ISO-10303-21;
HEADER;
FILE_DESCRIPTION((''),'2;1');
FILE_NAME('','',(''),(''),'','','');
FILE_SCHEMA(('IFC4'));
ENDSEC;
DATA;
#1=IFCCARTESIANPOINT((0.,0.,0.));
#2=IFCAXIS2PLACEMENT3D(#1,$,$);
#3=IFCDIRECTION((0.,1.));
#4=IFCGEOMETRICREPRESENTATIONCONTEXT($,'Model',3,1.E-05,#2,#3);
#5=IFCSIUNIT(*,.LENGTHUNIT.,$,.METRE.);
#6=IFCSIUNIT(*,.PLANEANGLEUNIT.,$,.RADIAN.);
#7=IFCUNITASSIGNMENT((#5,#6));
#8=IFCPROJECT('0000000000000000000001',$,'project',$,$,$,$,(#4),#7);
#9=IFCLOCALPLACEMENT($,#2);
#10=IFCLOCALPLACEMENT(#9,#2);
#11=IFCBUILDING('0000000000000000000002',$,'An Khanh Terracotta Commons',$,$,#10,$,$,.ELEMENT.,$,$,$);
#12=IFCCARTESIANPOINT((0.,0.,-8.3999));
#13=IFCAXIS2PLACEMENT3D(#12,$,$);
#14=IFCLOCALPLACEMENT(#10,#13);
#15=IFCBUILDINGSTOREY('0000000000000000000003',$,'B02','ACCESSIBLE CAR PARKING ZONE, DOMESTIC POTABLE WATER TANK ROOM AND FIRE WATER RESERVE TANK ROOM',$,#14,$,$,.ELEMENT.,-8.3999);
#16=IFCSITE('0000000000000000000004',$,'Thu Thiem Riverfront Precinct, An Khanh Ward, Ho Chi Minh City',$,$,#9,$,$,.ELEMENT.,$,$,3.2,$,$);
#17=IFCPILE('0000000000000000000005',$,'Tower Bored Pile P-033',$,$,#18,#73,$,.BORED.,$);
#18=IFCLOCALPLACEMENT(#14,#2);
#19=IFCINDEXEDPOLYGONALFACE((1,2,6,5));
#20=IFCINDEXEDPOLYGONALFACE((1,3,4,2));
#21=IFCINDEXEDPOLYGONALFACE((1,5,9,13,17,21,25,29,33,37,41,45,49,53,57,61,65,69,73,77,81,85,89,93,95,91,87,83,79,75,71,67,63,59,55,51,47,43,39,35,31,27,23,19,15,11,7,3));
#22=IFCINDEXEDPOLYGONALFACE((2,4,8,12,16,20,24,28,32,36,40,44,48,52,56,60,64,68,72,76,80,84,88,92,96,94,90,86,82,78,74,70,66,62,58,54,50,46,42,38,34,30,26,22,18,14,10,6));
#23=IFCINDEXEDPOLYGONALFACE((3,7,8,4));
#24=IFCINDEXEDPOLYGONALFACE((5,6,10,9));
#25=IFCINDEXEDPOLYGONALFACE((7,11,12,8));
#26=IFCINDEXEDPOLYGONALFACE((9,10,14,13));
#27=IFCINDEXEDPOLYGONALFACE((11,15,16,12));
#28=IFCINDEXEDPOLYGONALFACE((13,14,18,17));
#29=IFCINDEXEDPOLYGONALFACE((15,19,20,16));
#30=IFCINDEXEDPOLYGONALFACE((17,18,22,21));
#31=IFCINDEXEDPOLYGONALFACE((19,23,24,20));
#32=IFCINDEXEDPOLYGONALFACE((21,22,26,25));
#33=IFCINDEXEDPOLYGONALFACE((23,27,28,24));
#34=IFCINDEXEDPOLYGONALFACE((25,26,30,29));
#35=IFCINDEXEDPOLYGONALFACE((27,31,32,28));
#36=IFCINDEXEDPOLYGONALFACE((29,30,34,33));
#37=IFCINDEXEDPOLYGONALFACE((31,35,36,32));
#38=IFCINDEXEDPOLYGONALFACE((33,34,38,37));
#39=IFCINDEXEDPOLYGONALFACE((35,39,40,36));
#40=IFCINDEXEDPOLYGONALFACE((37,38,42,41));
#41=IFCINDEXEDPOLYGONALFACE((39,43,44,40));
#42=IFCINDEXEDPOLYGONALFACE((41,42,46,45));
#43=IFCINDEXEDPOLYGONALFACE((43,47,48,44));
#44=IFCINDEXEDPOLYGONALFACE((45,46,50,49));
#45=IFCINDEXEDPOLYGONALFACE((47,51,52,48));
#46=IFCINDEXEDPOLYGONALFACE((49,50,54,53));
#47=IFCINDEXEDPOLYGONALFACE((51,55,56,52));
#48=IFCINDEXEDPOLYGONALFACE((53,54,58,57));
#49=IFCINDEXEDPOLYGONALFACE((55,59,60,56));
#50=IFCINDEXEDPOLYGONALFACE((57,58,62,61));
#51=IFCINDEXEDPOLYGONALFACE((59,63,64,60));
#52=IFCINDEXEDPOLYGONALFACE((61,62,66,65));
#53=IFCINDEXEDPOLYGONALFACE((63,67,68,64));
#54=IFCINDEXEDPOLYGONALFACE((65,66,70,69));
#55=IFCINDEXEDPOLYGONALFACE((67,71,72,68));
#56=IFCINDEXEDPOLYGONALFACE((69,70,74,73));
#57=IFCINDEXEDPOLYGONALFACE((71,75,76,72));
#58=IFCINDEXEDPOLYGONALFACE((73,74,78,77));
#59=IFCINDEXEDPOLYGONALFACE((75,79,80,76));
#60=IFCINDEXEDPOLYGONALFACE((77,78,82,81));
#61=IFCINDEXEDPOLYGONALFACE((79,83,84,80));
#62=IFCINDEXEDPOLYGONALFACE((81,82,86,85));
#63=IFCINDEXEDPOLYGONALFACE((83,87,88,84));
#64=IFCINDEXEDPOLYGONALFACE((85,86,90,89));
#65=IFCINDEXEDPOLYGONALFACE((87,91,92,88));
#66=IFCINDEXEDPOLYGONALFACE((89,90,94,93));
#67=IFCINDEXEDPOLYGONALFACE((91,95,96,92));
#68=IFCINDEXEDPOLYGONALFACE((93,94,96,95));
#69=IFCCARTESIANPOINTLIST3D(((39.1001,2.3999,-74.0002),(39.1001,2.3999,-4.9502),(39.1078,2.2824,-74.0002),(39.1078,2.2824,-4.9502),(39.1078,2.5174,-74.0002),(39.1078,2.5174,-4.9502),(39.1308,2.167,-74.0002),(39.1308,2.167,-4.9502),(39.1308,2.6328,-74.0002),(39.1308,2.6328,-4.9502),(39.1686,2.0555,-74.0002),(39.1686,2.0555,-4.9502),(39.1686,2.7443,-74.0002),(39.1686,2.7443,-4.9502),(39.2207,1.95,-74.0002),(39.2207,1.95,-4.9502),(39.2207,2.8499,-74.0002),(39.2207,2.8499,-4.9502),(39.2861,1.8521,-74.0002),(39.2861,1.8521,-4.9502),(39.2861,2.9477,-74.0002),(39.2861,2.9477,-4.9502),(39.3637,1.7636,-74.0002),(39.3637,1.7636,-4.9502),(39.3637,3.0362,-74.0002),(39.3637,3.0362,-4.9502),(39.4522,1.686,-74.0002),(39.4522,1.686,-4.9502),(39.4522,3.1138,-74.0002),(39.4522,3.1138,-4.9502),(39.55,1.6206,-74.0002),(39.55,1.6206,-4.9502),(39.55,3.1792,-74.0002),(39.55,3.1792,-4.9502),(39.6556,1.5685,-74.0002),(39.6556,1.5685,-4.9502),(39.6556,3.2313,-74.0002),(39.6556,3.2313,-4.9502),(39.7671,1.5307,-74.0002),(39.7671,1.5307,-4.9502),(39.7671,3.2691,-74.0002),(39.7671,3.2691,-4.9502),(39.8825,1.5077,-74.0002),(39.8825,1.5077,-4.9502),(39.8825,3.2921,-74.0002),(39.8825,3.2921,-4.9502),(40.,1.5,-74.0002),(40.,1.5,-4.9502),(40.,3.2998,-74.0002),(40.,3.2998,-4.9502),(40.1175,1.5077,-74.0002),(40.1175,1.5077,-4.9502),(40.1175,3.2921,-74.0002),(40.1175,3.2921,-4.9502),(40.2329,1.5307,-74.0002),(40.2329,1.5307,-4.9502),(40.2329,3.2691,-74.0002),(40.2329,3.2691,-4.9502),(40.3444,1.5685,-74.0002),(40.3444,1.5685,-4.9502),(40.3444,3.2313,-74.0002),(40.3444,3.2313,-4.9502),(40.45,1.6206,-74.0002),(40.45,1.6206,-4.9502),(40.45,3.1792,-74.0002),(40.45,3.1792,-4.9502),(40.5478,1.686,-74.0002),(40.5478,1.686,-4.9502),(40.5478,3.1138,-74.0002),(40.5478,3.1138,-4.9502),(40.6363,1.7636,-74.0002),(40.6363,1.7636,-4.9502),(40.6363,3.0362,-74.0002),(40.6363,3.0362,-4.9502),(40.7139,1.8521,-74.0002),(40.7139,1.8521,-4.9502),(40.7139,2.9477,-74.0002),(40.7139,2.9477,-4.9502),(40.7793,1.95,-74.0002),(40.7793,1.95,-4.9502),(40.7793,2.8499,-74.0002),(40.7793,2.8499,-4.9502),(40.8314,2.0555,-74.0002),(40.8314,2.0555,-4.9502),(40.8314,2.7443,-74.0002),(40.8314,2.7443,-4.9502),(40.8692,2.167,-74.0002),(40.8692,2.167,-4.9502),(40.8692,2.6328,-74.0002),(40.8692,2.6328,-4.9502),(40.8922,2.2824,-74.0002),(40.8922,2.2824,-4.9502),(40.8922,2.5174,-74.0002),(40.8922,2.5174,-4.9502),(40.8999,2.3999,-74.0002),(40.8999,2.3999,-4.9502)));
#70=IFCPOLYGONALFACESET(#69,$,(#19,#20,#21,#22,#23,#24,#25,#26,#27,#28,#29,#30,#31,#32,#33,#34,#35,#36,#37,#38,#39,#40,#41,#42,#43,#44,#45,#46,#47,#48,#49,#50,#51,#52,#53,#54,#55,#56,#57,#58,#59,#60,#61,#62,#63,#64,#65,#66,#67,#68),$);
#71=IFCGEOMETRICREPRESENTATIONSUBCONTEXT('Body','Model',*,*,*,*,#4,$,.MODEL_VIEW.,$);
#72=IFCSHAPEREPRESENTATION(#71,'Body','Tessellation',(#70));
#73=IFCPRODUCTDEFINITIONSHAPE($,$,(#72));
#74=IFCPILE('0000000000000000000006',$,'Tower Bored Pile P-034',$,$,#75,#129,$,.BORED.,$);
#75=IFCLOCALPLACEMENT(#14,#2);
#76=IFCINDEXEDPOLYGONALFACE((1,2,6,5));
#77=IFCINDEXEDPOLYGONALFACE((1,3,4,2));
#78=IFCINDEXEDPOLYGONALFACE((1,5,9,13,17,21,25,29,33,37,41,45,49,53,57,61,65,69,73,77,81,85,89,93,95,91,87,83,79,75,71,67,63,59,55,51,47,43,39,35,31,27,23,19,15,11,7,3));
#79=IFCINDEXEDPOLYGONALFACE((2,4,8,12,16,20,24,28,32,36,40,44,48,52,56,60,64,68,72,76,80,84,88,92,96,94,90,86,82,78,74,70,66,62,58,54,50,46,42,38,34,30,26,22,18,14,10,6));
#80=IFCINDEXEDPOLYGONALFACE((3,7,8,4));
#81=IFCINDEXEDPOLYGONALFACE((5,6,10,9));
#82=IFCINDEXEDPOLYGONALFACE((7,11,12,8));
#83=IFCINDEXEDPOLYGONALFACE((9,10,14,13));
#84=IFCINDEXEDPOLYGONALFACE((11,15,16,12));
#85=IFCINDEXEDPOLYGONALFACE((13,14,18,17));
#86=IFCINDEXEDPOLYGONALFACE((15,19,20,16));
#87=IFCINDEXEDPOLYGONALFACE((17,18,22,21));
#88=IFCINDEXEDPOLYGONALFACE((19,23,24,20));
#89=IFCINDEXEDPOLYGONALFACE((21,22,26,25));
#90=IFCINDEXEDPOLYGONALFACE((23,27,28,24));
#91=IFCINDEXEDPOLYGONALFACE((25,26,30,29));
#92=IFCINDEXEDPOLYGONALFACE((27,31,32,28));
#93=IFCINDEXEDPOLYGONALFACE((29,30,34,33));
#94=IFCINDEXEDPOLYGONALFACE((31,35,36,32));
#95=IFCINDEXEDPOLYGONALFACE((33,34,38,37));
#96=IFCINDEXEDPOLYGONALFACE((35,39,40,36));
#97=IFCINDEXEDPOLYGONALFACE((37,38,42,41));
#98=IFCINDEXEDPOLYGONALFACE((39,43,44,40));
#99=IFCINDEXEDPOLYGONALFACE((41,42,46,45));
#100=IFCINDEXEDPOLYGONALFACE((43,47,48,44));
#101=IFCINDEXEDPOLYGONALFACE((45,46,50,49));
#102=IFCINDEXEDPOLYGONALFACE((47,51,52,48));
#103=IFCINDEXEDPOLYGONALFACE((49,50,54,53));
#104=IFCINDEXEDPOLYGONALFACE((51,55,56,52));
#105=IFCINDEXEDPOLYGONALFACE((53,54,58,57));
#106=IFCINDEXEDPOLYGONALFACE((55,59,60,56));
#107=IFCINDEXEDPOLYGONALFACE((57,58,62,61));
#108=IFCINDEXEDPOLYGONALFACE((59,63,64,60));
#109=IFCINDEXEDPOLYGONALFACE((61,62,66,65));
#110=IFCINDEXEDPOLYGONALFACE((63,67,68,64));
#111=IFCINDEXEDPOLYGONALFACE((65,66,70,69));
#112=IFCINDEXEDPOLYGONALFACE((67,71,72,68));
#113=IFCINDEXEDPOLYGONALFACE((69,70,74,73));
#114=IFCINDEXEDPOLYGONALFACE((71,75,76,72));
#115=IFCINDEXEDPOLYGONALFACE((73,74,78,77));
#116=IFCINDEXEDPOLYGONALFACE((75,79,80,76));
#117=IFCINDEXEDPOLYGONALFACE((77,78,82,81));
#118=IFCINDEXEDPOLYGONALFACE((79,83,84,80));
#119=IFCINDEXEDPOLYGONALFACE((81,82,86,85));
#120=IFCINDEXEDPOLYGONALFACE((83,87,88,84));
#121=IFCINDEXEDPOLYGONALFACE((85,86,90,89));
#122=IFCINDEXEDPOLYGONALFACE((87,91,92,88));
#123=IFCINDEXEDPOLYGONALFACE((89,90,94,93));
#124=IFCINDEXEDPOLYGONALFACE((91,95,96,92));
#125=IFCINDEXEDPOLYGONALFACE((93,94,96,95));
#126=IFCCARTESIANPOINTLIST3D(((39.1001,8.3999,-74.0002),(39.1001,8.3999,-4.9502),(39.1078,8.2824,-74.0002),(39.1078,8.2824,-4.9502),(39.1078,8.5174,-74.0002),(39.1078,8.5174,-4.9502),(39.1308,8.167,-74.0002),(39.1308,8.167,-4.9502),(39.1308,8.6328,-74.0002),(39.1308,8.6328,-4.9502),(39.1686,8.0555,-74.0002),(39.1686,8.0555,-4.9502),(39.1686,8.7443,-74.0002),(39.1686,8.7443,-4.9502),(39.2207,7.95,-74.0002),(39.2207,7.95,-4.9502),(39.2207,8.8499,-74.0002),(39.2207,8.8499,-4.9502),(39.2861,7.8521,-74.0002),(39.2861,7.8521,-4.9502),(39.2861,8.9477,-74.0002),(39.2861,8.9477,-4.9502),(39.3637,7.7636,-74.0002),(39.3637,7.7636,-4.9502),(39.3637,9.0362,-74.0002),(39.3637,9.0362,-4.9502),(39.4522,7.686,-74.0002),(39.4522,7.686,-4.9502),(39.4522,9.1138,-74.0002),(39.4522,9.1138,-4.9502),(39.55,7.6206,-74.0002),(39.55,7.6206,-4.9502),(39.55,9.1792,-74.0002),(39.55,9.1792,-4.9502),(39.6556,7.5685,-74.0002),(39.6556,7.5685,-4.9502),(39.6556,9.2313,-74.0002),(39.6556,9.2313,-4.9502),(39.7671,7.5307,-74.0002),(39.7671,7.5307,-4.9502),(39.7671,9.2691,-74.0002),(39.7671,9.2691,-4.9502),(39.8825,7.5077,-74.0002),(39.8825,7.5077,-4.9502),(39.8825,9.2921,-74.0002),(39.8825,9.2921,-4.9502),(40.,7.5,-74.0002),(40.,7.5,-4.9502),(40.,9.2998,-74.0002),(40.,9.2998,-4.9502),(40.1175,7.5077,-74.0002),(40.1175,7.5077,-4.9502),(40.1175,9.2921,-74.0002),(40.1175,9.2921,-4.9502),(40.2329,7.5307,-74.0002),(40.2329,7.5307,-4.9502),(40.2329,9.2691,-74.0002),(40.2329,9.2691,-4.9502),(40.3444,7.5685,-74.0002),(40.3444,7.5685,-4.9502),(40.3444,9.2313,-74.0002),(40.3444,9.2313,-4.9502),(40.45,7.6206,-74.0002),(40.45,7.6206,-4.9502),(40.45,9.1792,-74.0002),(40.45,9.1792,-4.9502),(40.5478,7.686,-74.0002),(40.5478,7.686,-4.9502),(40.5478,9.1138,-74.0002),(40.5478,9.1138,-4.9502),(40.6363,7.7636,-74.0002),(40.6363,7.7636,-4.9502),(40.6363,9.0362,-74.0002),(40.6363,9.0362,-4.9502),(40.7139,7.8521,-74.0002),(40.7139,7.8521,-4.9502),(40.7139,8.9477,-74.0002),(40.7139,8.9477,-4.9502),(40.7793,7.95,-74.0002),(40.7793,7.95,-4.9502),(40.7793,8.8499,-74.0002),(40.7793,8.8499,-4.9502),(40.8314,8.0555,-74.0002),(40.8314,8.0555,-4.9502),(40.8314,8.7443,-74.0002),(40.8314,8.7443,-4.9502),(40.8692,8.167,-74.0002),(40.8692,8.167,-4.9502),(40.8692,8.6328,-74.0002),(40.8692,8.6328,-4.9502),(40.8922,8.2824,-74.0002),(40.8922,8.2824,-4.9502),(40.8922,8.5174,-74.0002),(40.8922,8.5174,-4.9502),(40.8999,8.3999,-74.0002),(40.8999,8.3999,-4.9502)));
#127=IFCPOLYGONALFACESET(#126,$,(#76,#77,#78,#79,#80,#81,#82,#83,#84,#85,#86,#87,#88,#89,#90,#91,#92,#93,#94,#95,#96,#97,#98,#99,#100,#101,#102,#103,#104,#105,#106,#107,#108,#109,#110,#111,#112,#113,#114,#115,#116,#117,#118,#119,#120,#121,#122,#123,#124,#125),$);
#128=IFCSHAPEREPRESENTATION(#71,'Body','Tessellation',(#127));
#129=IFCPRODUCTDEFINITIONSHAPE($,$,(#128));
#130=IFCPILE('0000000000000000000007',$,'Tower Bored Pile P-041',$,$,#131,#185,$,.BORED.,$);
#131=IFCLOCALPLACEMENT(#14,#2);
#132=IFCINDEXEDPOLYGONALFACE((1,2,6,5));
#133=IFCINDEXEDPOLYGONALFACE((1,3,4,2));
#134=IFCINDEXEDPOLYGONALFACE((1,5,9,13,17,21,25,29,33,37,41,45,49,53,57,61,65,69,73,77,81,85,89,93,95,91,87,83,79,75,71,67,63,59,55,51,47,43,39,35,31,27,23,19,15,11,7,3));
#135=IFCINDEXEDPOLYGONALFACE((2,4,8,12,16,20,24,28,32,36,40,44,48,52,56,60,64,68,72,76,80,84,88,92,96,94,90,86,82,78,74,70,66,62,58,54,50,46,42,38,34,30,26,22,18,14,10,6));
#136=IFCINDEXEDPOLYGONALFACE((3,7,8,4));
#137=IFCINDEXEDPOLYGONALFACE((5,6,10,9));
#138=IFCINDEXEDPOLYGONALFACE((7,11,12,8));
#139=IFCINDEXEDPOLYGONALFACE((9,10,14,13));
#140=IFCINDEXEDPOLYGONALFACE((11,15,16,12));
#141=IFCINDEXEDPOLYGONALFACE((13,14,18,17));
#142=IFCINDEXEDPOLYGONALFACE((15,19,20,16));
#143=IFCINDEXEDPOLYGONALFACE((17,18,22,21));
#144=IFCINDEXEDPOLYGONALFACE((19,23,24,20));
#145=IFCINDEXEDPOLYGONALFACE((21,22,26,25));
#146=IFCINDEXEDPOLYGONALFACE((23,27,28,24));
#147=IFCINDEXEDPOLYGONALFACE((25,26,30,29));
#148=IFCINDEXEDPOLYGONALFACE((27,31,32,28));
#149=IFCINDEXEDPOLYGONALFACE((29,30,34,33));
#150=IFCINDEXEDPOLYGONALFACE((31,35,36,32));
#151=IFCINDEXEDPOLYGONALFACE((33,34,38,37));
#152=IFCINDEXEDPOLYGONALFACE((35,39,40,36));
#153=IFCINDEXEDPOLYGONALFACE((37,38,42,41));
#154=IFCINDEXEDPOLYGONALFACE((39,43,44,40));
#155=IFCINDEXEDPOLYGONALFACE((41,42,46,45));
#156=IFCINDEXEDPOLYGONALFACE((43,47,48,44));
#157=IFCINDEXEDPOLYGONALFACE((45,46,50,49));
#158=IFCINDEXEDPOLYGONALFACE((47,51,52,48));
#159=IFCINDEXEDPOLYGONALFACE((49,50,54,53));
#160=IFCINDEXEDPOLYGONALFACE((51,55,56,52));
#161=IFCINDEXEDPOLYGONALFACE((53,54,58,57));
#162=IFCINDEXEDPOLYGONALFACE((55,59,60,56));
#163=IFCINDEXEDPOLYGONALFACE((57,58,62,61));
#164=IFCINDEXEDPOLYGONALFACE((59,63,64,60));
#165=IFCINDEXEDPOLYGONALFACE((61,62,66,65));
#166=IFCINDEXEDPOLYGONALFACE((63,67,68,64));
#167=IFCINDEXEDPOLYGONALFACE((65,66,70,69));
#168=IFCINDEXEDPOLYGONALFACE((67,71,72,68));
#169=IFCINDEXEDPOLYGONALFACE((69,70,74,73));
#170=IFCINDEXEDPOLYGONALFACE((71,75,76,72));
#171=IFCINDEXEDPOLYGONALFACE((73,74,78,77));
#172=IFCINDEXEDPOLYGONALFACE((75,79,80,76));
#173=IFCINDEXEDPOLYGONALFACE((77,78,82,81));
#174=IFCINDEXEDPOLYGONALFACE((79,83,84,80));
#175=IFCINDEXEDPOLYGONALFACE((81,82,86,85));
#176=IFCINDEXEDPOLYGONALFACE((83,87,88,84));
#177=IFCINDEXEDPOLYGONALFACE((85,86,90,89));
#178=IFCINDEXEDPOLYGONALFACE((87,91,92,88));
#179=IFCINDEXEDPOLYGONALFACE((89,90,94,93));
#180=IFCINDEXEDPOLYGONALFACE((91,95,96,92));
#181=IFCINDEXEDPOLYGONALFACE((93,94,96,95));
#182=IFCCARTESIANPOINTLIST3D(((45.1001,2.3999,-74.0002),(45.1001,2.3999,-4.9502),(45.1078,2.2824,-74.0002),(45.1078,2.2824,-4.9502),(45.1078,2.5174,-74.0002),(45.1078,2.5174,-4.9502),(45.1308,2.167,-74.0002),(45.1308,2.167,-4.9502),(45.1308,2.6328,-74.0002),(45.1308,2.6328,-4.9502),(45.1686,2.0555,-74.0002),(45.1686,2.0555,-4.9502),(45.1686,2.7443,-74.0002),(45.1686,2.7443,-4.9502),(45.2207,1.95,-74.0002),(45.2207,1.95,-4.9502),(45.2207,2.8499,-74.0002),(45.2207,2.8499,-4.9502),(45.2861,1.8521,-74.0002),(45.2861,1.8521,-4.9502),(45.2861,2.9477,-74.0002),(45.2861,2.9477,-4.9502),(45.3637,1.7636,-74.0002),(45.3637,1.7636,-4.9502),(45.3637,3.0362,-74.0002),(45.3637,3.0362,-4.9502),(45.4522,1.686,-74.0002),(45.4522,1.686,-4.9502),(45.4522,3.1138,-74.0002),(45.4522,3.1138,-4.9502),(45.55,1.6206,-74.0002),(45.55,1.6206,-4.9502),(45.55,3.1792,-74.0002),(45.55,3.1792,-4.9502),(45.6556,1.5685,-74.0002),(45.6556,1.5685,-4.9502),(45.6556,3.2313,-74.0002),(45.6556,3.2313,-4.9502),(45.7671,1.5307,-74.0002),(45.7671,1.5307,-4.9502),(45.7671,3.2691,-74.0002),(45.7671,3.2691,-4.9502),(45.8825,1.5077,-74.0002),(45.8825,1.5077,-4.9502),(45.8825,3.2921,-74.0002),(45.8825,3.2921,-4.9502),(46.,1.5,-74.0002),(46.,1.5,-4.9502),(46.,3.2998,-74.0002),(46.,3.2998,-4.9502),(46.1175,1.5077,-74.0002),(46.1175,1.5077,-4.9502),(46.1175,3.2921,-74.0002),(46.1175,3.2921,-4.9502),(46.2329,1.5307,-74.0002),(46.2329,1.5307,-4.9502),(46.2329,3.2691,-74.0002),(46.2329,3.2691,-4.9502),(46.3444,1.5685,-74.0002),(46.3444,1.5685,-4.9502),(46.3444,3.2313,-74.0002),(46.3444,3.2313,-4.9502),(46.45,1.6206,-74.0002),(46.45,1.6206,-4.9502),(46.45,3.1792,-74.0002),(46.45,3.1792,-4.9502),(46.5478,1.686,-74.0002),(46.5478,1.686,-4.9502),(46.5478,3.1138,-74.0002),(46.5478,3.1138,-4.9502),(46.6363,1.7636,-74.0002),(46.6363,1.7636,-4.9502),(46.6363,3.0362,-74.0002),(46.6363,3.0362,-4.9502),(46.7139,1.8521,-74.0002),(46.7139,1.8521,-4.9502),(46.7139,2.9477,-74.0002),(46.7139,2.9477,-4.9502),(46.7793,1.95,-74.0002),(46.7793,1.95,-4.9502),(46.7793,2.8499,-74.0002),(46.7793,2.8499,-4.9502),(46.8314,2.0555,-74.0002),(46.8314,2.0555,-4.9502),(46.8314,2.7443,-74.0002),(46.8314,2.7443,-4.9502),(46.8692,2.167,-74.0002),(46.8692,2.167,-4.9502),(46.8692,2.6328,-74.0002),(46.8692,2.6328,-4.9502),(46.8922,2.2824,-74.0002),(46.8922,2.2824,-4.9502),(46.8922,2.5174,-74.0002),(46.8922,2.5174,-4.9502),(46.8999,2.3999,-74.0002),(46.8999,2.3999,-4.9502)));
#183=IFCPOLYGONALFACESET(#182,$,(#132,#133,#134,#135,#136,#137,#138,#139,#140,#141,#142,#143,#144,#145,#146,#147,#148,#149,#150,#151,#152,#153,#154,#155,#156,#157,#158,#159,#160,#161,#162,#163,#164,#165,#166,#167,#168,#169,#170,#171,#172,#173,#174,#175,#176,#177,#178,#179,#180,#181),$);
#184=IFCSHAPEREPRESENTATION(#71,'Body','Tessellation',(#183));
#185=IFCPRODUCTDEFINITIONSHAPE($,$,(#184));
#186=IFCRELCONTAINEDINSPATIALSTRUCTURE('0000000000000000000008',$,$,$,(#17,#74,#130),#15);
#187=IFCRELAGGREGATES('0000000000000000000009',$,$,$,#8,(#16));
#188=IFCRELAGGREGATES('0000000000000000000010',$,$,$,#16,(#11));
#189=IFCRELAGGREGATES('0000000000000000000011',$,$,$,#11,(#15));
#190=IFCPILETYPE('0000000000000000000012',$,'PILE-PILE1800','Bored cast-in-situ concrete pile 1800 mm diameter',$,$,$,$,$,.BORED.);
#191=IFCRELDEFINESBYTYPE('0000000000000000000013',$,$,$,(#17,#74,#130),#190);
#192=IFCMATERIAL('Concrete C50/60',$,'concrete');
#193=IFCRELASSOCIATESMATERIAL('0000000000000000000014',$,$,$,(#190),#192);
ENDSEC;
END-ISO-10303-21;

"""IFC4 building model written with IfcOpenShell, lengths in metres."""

from ifc_helpers import new_model, si_unit, direction, frame, origin, origin_2d, place, context, subcontext, project, spatial, circle, extrude, material, material_profile, profile_set, type_object, element, save


model = new_model("IFC4")

# Units and contexts
model_context = context("Model", 3, precision=1e-05, world=origin(), true_north=direction((0.0, 1.0)))
body_context = subcontext(model_context, "Body", "Model", "MODEL_VIEW")
ifc_project = project(units=[si_unit("LENGTHUNIT", "METRE"), si_unit("PLANEANGLEUNIT", "RADIAN")], contexts=[model_context])

# Site, building, storey
site_placement = place(None, origin())
site = spatial("IfcSite", under=ifc_project, at=site_placement, Name="Thu Thiem Riverfront Precinct, An Khanh Ward, Ho Chi Minh City", CompositionType="ELEMENT", RefElevation=3.2)
building_placement = place(site_placement, origin())
building = spatial("IfcBuilding", under=site, at=building_placement, Name="An Khanh Terracotta Commons", CompositionType="ELEMENT")
storey_placement = place(building_placement, frame((0.0, 0.0, -8.3999)))
storey = spatial("IfcBuildingStorey", under=building, at=storey_placement, Name="B02", Description="ACCESSIBLE CAR PARKING ZONE, DOMESTIC POTABLE WATER TANK ROOM AND FIRE WATER RESERVE TANK ROOM", CompositionType="ELEMENT", Elevation=-8.3999)

# Shared definitions
ifc_material_1 = material(Name="Concrete C50/60", Category="concrete")

# Piles
ifc_material_profile_1 = material_profile(ifc_material_1, circle(Radius=0.8999, at=origin_2d()), Name="PILE1800")
ifc_profile_set_1 = profile_set([ifc_material_profile_1], Name="Concrete C50/60")
pile_type = type_object("IfcPileType", Name="PILE-PILE1800", Description="Bored cast-in-situ concrete pile 1800 mm diameter", PredefinedType="BORED", material=ifc_profile_set_1)
for number, where, z_axis, x_axis, name in (
    (1, (40.0, 2.3999, -4.9502), (0.0, 0.0, -1.0), (1.0, 0.0, 0.0), "Tower Bored Pile P-033"),
    (2, (40.0, 8.3999, -4.9502), (0.0, 0.0, -1.0), (1.0, 0.0, 0.0), "Tower Bored Pile P-034"),
    (3, (46.0, 2.3999, -4.9502), (0.0, 0.0, -1.0), (1.0, 0.0, 0.0), "Tower Bored Pile P-041"),
):
    element("IfcPile", number, at=place(storey_placement, frame(where, z_axis=z_axis, x_axis=x_axis)), inside=storey, type_object=pile_type, Name=name, PredefinedType="BORED", context=body_context, shape_type="SweptSolid", body=[
        extrude(circle(Radius=0.8999, at=origin_2d()), origin(), (0.0, 0.0, 1.0), 69.05),
    ])

save(model, "model.ifc")
